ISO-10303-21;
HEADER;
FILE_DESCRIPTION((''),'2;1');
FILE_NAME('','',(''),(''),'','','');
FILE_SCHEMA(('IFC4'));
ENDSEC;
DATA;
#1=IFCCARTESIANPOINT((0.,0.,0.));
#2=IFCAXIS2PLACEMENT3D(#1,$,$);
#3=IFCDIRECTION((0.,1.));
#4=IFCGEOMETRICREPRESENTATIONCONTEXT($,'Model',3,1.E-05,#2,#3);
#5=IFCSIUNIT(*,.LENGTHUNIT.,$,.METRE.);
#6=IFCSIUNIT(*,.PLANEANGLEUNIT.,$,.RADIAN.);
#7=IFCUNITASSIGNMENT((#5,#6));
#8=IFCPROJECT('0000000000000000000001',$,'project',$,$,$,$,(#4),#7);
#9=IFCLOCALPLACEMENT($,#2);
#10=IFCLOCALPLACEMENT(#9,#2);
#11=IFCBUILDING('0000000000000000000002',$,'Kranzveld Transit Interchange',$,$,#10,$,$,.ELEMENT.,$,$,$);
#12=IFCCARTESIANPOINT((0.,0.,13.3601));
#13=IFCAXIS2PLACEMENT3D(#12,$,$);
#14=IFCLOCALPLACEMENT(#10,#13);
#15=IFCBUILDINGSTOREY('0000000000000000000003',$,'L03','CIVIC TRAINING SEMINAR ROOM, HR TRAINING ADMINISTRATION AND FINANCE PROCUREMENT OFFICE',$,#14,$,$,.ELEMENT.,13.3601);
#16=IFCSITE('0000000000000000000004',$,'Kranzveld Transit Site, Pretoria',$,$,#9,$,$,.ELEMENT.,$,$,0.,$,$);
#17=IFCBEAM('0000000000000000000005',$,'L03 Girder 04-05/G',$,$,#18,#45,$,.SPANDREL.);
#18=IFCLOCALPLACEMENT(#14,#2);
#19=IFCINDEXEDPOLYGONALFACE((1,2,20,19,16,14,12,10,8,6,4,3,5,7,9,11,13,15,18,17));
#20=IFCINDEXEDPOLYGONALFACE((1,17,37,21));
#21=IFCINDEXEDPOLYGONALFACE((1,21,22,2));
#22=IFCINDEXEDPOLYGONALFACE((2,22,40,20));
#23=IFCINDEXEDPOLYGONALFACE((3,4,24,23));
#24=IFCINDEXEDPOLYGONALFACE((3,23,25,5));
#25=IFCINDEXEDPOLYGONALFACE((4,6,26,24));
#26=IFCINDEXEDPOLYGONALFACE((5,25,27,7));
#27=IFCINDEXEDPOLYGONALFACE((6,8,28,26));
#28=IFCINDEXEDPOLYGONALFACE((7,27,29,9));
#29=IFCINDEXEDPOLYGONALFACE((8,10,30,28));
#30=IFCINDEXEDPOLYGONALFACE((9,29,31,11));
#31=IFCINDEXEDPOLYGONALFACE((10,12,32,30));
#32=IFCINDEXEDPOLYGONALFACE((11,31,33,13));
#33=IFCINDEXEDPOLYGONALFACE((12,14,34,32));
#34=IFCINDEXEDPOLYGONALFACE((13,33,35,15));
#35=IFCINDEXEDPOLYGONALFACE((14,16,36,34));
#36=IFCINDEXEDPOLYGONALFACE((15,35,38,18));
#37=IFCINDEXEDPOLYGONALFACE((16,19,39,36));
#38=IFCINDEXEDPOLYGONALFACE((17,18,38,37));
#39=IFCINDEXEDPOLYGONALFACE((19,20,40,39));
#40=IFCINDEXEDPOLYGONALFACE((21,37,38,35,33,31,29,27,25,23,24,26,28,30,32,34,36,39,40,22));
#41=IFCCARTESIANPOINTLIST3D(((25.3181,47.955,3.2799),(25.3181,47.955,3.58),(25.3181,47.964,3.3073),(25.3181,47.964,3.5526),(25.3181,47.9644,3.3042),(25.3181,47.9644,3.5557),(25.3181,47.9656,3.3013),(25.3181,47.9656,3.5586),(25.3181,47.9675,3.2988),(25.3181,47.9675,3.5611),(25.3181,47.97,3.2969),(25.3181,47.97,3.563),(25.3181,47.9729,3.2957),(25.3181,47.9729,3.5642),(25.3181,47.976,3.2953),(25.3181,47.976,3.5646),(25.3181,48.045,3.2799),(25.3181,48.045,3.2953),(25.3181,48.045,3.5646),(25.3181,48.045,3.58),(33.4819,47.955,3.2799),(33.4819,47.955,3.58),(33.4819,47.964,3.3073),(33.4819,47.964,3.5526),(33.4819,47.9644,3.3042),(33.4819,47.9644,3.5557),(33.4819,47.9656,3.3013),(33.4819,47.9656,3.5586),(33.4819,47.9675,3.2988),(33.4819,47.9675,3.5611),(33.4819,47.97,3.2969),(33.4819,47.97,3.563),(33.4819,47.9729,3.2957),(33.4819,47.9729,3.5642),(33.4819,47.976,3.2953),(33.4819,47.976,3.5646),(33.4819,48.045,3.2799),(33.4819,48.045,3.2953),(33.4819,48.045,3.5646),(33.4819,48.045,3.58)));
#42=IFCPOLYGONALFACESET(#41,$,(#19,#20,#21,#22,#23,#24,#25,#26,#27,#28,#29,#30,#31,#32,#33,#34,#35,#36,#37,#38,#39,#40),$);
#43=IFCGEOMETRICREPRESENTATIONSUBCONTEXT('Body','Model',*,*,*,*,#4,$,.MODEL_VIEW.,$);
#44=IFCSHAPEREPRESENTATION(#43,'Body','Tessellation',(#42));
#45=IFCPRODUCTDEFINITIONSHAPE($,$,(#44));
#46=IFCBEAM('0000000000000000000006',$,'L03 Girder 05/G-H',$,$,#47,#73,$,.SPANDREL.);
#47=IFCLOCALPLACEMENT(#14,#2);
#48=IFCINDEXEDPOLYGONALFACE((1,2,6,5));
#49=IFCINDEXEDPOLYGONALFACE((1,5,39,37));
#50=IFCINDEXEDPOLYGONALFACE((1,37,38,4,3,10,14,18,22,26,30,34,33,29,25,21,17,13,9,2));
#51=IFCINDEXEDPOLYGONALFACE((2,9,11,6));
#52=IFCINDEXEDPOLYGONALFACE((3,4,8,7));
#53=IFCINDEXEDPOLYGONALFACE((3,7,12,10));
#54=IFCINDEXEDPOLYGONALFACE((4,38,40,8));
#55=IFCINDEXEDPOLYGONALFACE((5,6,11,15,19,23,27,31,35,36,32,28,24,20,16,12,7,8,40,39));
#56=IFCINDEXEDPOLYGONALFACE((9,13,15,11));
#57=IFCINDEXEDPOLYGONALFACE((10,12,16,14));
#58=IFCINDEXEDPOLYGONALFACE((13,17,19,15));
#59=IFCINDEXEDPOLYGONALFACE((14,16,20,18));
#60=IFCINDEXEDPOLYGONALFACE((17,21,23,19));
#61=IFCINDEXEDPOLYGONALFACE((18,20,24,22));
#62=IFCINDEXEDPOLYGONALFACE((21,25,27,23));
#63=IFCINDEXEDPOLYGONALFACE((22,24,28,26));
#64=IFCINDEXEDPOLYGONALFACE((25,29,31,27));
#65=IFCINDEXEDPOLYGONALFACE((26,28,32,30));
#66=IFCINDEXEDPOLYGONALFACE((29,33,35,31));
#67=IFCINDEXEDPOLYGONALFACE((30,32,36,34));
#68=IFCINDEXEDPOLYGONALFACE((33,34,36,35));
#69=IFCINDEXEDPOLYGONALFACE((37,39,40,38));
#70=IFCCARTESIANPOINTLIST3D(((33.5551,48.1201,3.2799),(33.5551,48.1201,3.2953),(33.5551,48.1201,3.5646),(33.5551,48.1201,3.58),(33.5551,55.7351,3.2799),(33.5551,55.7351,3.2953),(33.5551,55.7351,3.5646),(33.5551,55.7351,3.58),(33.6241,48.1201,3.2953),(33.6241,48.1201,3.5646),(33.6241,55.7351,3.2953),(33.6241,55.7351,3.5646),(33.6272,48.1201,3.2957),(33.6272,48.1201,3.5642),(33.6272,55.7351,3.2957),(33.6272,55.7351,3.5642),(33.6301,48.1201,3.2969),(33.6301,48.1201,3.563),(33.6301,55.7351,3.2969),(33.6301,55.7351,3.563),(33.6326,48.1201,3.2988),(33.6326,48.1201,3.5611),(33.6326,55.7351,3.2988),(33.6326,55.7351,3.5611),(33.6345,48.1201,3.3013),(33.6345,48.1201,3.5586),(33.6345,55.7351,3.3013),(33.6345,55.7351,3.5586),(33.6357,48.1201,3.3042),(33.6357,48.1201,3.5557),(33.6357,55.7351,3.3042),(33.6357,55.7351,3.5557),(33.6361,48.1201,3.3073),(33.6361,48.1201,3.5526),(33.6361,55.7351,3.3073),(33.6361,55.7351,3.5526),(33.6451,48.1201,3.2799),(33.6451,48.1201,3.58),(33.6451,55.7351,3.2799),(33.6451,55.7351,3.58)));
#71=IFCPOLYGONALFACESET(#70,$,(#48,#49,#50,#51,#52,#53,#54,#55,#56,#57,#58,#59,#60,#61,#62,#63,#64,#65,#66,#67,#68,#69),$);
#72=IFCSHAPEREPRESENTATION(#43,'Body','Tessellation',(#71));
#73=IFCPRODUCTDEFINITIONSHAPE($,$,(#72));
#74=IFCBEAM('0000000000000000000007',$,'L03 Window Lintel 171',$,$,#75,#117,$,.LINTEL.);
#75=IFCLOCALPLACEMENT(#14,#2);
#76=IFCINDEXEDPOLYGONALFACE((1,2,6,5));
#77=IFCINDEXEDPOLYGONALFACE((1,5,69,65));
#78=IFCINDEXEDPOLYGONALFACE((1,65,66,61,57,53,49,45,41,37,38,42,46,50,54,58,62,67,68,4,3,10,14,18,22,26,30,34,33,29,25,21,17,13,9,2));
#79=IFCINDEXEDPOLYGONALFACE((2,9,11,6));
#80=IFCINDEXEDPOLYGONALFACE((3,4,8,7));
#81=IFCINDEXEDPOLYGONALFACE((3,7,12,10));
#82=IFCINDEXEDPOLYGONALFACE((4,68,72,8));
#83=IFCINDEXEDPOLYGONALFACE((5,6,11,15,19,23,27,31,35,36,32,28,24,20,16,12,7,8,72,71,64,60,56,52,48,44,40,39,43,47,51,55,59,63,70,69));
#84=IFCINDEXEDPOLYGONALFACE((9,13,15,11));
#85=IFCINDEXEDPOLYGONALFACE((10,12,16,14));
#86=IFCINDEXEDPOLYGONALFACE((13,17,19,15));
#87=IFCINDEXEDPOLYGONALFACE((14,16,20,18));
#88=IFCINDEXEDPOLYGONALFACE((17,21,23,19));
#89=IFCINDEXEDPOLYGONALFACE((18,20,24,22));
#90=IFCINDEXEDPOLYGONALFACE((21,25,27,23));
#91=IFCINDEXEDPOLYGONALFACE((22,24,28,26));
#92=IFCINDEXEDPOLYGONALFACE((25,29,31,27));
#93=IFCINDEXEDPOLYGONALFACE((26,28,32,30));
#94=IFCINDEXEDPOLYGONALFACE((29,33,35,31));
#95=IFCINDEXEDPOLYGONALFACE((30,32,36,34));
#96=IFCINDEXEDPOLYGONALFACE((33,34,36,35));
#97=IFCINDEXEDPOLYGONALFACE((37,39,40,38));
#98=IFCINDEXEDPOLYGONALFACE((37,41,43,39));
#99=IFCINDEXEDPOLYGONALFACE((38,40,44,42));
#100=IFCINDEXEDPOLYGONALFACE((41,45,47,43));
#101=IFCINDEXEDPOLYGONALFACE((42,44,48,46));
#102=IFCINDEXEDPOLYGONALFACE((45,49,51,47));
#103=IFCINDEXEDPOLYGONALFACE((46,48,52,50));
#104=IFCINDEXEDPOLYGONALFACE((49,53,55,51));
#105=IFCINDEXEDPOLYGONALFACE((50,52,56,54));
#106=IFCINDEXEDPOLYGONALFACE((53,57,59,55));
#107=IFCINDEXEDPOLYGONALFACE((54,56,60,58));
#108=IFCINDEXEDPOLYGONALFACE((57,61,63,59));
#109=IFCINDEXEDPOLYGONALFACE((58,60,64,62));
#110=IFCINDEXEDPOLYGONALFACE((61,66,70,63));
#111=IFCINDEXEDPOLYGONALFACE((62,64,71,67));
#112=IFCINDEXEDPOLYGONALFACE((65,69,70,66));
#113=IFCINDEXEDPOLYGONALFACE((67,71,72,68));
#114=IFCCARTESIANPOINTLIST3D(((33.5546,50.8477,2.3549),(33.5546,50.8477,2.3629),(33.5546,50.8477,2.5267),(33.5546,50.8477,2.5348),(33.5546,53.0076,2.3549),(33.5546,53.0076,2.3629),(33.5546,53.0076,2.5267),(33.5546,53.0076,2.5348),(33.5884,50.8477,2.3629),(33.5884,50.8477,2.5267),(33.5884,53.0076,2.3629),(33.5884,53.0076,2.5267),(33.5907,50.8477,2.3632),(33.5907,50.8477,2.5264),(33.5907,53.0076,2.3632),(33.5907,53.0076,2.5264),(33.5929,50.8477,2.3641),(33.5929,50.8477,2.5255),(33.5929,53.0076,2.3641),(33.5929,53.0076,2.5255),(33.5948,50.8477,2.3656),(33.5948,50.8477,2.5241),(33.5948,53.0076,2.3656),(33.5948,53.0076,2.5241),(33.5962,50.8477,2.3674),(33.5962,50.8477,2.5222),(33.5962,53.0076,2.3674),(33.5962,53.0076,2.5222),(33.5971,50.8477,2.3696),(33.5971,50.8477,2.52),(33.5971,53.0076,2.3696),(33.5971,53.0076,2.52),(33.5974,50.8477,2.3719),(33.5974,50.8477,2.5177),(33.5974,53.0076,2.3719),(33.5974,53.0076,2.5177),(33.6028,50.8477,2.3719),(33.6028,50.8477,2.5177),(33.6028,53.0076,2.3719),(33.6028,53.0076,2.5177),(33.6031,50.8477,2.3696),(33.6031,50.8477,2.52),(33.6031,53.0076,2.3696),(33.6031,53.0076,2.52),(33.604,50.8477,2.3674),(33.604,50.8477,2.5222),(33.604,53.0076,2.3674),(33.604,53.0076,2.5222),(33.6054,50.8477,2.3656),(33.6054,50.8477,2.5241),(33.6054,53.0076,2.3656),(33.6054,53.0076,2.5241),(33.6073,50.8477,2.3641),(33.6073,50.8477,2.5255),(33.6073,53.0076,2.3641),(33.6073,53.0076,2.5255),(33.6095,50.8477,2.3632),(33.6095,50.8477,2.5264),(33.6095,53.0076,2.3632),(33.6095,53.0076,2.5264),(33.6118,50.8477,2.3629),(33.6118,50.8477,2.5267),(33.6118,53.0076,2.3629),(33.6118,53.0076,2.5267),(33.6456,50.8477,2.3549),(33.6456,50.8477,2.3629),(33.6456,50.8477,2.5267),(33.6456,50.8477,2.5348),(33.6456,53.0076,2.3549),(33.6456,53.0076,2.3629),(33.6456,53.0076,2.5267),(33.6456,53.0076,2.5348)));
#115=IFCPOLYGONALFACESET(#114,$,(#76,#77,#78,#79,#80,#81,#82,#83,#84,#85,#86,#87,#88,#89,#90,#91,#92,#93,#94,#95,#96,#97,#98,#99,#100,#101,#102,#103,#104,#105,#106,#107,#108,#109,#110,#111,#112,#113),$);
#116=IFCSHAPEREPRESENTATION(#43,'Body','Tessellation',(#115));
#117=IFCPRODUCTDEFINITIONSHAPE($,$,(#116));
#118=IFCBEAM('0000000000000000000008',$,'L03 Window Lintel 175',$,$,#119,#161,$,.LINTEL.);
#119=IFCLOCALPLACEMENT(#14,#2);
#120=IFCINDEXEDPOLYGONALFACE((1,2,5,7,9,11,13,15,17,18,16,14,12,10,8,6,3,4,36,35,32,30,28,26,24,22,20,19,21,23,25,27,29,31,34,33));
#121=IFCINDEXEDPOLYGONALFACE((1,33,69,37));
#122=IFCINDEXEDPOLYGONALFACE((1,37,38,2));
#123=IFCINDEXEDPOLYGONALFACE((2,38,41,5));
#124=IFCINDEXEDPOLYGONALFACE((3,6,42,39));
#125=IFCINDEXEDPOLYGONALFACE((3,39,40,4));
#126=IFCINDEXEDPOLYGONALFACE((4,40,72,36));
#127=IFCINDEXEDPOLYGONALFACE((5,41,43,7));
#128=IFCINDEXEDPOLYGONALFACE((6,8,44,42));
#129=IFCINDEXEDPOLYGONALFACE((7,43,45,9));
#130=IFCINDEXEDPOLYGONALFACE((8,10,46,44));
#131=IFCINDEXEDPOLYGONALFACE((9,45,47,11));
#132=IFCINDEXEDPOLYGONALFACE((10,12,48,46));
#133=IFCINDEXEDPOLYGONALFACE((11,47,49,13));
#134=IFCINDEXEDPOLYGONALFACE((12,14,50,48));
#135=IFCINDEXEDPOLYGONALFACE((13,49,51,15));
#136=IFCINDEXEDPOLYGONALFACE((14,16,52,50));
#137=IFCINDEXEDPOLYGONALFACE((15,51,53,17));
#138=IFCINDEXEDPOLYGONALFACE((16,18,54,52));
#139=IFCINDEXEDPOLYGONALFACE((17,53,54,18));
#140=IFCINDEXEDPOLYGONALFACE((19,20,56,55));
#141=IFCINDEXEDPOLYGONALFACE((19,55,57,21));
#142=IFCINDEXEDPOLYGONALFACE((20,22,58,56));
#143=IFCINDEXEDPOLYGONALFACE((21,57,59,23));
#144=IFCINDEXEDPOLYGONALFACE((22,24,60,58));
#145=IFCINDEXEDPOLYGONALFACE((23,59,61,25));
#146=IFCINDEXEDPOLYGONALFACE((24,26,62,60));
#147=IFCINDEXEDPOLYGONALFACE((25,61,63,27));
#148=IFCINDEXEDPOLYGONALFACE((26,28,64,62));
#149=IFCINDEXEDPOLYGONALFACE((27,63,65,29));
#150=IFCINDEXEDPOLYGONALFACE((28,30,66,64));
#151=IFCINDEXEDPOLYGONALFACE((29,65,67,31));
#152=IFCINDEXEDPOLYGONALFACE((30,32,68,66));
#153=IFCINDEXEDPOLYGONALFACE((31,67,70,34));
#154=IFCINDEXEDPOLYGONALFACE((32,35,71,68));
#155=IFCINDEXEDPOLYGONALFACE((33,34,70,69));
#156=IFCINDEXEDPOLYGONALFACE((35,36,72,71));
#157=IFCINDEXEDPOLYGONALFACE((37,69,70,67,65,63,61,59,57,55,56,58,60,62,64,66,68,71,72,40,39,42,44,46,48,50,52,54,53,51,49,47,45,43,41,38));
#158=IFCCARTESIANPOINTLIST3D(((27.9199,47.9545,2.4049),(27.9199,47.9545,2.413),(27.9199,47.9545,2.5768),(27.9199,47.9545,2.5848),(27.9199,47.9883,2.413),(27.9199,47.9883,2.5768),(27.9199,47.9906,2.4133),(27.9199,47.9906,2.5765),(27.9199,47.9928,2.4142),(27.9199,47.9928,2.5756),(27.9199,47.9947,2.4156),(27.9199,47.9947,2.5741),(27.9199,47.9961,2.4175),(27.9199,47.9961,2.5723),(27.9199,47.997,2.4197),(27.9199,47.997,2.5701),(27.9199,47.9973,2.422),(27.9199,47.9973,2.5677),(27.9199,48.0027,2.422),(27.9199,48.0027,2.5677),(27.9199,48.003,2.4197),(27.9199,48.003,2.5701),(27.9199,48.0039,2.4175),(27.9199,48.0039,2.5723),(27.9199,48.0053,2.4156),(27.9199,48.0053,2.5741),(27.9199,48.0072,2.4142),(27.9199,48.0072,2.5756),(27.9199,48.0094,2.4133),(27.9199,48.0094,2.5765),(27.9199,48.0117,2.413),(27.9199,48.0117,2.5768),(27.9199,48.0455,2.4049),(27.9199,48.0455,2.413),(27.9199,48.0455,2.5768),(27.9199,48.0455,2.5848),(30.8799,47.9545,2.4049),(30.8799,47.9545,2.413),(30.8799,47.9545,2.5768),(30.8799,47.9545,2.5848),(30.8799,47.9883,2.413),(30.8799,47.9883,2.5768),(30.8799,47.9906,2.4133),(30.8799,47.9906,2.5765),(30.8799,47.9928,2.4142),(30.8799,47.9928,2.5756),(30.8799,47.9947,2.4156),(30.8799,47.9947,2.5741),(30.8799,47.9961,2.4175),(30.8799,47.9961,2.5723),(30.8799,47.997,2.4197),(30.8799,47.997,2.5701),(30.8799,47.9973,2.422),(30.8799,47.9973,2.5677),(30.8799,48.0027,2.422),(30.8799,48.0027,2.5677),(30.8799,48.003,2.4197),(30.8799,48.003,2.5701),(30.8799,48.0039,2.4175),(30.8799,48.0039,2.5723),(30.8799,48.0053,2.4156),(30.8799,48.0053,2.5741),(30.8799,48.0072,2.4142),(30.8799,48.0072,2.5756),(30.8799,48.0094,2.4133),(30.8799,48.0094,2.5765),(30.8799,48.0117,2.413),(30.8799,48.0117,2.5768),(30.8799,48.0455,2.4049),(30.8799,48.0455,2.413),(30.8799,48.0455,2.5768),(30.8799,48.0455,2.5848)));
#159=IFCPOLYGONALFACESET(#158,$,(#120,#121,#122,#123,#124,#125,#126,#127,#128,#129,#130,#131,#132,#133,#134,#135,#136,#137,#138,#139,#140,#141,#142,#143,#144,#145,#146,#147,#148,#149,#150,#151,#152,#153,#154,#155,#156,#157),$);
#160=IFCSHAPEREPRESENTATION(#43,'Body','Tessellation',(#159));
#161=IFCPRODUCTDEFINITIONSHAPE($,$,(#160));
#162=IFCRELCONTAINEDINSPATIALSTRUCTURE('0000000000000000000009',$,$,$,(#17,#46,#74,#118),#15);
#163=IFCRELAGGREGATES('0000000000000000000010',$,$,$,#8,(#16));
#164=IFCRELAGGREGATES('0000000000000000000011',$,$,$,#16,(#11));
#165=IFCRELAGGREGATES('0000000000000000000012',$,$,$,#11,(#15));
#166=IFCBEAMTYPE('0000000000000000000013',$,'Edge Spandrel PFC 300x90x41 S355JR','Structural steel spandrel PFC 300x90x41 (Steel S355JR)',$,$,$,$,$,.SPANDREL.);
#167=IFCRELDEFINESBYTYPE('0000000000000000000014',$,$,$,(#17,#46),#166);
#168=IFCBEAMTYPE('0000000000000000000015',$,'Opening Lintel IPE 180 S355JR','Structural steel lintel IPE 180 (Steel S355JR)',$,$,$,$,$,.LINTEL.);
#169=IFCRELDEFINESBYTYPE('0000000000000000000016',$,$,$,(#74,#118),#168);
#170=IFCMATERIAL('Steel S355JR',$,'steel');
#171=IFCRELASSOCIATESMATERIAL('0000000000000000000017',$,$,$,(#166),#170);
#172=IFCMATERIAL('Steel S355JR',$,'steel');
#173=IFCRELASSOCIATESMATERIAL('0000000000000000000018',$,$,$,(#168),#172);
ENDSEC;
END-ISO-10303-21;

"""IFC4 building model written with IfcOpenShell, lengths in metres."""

from ifc_helpers import new_model, si_unit, direction, frame, origin, origin_2d, place, context, subcontext, project, spatial, i_section, u_section, extrude, material, material_profile, profile_set, type_object, element, save


model = new_model("IFC4")

# Units and contexts
model_context = context("Model", 3, precision=1e-05, world=origin(), true_north=direction((0.0, 1.0)))
body_context = subcontext(model_context, "Body", "Model", "MODEL_VIEW")
ifc_project = project(units=[si_unit("LENGTHUNIT", "METRE"), si_unit("PLANEANGLEUNIT", "RADIAN")], contexts=[model_context])

# Site, building, storey
site_placement = place(None, origin())
site = spatial("IfcSite", under=ifc_project, at=site_placement, Name="Kranzveld Transit Site, Pretoria", CompositionType="ELEMENT", RefElevation=0.0)
building_placement = place(site_placement, origin())
building = spatial("IfcBuilding", under=site, at=building_placement, Name="Kranzveld Transit Interchange", CompositionType="ELEMENT")
storey_placement = place(building_placement, frame((0.0, 0.0, 13.3601)))
storey = spatial("IfcBuildingStorey", under=building, at=storey_placement, Name="L03", Description="CIVIC TRAINING SEMINAR ROOM, HR TRAINING ADMINISTRATION AND FINANCE PROCUREMENT OFFICE", CompositionType="ELEMENT", Elevation=13.3601)

# Beams
ifc_material_1 = material(Name="Steel S355JR", Category="steel")
ifc_material_profile_1 = material_profile(ifc_material_1, u_section(Depth=0.3, FlangeWidth=0.0901, WebThickness=0.009, FlangeThickness=0.0154, FilletRadius=0.012, at=origin_2d()), Name="PFC 300x90x41")
ifc_profile_set_1 = profile_set([ifc_material_profile_1], Name="Steel S355JR")
beam_type_1 = type_object("IfcBeamType", Name="Edge Spandrel PFC 300x90x41 S355JR", Description="Structural steel spandrel PFC 300x90x41 (Steel S355JR)", PredefinedType="SPANDREL", material=ifc_profile_set_1)
beam_1_placement = place(storey_placement, frame((25.3181, 48.0, 3.4299), z_axis=(1.0, 0.0, 0.0), x_axis=(0.0, 1.0, 0.0)))
element("IfcBeam", 1, at=beam_1_placement, inside=storey, type_object=beam_type_1, Name="L03 Girder 04-05/G", PredefinedType="SPANDREL", context=body_context, shape_type="SweptSolid", body=[
    extrude(u_section(Depth=0.3, FlangeWidth=0.0901, WebThickness=0.009, FlangeThickness=0.0154, FilletRadius=0.012, at=origin_2d()), origin(), (0.0, 0.0, 1.0), 8.1638),
])
beam_2_placement = place(storey_placement, frame((33.6001, 48.1201, 3.4299), z_axis=(0.0, 1.0, 0.0), x_axis=(-1.0, 0.0, 0.0)))
element("IfcBeam", 2, at=beam_2_placement, inside=storey, type_object=beam_type_1, Name="L03 Girder 05/G-H", PredefinedType="SPANDREL", context=body_context, shape_type="SweptSolid", body=[
    extrude(u_section(Depth=0.3, FlangeWidth=0.0901, WebThickness=0.009, FlangeThickness=0.0154, FilletRadius=0.012, at=origin_2d()), origin(), (0.0, 0.0, 1.0), 7.615),
])
ifc_material_2 = material(Name="Steel S355JR", Category="steel")
ifc_material_profile_2 = material_profile(ifc_material_2, i_section(OverallWidth=0.0911, OverallDepth=0.1799, WebThickness=0.0054, FlangeThickness=0.0081, FilletRadius=0.009, at=origin_2d()), Name="IPE 180")
ifc_profile_set_2 = profile_set([ifc_material_profile_2], Name="Steel S355JR")
beam_type_2 = type_object("IfcBeamType", Name="Opening Lintel IPE 180 S355JR", Description="Structural steel lintel IPE 180 (Steel S355JR)", PredefinedType="LINTEL", material=ifc_profile_set_2)
beam_3_placement = place(storey_placement, frame((33.6001, 50.8477, 2.4448), z_axis=(0.0, 1.0, 0.0), x_axis=(-1.0, 0.0, 0.0)))
element("IfcBeam", 3, at=beam_3_placement, inside=storey, type_object=beam_type_2, Name="L03 Window Lintel 171", PredefinedType="LINTEL", context=body_context, shape_type="SweptSolid", body=[
    extrude(i_section(OverallWidth=0.0911, OverallDepth=0.1799, WebThickness=0.0054, FlangeThickness=0.0081, FilletRadius=0.009, at=origin_2d()), origin(), (0.0, 0.0, 1.0), 2.1599),
])
beam_4_placement = place(storey_placement, frame((27.9199, 48.0, 2.4949), z_axis=(1.0, 0.0, 0.0), x_axis=(0.0, 1.0, 0.0)))
element("IfcBeam", 4, at=beam_4_placement, inside=storey, type_object=beam_type_2, Name="L03 Window Lintel 175", PredefinedType="LINTEL", context=body_context, shape_type="SweptSolid", body=[
    extrude(i_section(OverallWidth=0.0911, OverallDepth=0.1799, WebThickness=0.0054, FlangeThickness=0.0081, FilletRadius=0.009, at=origin_2d()), origin(), (0.0, 0.0, 1.0), 2.96),
])

save(model, "model.ifc")
